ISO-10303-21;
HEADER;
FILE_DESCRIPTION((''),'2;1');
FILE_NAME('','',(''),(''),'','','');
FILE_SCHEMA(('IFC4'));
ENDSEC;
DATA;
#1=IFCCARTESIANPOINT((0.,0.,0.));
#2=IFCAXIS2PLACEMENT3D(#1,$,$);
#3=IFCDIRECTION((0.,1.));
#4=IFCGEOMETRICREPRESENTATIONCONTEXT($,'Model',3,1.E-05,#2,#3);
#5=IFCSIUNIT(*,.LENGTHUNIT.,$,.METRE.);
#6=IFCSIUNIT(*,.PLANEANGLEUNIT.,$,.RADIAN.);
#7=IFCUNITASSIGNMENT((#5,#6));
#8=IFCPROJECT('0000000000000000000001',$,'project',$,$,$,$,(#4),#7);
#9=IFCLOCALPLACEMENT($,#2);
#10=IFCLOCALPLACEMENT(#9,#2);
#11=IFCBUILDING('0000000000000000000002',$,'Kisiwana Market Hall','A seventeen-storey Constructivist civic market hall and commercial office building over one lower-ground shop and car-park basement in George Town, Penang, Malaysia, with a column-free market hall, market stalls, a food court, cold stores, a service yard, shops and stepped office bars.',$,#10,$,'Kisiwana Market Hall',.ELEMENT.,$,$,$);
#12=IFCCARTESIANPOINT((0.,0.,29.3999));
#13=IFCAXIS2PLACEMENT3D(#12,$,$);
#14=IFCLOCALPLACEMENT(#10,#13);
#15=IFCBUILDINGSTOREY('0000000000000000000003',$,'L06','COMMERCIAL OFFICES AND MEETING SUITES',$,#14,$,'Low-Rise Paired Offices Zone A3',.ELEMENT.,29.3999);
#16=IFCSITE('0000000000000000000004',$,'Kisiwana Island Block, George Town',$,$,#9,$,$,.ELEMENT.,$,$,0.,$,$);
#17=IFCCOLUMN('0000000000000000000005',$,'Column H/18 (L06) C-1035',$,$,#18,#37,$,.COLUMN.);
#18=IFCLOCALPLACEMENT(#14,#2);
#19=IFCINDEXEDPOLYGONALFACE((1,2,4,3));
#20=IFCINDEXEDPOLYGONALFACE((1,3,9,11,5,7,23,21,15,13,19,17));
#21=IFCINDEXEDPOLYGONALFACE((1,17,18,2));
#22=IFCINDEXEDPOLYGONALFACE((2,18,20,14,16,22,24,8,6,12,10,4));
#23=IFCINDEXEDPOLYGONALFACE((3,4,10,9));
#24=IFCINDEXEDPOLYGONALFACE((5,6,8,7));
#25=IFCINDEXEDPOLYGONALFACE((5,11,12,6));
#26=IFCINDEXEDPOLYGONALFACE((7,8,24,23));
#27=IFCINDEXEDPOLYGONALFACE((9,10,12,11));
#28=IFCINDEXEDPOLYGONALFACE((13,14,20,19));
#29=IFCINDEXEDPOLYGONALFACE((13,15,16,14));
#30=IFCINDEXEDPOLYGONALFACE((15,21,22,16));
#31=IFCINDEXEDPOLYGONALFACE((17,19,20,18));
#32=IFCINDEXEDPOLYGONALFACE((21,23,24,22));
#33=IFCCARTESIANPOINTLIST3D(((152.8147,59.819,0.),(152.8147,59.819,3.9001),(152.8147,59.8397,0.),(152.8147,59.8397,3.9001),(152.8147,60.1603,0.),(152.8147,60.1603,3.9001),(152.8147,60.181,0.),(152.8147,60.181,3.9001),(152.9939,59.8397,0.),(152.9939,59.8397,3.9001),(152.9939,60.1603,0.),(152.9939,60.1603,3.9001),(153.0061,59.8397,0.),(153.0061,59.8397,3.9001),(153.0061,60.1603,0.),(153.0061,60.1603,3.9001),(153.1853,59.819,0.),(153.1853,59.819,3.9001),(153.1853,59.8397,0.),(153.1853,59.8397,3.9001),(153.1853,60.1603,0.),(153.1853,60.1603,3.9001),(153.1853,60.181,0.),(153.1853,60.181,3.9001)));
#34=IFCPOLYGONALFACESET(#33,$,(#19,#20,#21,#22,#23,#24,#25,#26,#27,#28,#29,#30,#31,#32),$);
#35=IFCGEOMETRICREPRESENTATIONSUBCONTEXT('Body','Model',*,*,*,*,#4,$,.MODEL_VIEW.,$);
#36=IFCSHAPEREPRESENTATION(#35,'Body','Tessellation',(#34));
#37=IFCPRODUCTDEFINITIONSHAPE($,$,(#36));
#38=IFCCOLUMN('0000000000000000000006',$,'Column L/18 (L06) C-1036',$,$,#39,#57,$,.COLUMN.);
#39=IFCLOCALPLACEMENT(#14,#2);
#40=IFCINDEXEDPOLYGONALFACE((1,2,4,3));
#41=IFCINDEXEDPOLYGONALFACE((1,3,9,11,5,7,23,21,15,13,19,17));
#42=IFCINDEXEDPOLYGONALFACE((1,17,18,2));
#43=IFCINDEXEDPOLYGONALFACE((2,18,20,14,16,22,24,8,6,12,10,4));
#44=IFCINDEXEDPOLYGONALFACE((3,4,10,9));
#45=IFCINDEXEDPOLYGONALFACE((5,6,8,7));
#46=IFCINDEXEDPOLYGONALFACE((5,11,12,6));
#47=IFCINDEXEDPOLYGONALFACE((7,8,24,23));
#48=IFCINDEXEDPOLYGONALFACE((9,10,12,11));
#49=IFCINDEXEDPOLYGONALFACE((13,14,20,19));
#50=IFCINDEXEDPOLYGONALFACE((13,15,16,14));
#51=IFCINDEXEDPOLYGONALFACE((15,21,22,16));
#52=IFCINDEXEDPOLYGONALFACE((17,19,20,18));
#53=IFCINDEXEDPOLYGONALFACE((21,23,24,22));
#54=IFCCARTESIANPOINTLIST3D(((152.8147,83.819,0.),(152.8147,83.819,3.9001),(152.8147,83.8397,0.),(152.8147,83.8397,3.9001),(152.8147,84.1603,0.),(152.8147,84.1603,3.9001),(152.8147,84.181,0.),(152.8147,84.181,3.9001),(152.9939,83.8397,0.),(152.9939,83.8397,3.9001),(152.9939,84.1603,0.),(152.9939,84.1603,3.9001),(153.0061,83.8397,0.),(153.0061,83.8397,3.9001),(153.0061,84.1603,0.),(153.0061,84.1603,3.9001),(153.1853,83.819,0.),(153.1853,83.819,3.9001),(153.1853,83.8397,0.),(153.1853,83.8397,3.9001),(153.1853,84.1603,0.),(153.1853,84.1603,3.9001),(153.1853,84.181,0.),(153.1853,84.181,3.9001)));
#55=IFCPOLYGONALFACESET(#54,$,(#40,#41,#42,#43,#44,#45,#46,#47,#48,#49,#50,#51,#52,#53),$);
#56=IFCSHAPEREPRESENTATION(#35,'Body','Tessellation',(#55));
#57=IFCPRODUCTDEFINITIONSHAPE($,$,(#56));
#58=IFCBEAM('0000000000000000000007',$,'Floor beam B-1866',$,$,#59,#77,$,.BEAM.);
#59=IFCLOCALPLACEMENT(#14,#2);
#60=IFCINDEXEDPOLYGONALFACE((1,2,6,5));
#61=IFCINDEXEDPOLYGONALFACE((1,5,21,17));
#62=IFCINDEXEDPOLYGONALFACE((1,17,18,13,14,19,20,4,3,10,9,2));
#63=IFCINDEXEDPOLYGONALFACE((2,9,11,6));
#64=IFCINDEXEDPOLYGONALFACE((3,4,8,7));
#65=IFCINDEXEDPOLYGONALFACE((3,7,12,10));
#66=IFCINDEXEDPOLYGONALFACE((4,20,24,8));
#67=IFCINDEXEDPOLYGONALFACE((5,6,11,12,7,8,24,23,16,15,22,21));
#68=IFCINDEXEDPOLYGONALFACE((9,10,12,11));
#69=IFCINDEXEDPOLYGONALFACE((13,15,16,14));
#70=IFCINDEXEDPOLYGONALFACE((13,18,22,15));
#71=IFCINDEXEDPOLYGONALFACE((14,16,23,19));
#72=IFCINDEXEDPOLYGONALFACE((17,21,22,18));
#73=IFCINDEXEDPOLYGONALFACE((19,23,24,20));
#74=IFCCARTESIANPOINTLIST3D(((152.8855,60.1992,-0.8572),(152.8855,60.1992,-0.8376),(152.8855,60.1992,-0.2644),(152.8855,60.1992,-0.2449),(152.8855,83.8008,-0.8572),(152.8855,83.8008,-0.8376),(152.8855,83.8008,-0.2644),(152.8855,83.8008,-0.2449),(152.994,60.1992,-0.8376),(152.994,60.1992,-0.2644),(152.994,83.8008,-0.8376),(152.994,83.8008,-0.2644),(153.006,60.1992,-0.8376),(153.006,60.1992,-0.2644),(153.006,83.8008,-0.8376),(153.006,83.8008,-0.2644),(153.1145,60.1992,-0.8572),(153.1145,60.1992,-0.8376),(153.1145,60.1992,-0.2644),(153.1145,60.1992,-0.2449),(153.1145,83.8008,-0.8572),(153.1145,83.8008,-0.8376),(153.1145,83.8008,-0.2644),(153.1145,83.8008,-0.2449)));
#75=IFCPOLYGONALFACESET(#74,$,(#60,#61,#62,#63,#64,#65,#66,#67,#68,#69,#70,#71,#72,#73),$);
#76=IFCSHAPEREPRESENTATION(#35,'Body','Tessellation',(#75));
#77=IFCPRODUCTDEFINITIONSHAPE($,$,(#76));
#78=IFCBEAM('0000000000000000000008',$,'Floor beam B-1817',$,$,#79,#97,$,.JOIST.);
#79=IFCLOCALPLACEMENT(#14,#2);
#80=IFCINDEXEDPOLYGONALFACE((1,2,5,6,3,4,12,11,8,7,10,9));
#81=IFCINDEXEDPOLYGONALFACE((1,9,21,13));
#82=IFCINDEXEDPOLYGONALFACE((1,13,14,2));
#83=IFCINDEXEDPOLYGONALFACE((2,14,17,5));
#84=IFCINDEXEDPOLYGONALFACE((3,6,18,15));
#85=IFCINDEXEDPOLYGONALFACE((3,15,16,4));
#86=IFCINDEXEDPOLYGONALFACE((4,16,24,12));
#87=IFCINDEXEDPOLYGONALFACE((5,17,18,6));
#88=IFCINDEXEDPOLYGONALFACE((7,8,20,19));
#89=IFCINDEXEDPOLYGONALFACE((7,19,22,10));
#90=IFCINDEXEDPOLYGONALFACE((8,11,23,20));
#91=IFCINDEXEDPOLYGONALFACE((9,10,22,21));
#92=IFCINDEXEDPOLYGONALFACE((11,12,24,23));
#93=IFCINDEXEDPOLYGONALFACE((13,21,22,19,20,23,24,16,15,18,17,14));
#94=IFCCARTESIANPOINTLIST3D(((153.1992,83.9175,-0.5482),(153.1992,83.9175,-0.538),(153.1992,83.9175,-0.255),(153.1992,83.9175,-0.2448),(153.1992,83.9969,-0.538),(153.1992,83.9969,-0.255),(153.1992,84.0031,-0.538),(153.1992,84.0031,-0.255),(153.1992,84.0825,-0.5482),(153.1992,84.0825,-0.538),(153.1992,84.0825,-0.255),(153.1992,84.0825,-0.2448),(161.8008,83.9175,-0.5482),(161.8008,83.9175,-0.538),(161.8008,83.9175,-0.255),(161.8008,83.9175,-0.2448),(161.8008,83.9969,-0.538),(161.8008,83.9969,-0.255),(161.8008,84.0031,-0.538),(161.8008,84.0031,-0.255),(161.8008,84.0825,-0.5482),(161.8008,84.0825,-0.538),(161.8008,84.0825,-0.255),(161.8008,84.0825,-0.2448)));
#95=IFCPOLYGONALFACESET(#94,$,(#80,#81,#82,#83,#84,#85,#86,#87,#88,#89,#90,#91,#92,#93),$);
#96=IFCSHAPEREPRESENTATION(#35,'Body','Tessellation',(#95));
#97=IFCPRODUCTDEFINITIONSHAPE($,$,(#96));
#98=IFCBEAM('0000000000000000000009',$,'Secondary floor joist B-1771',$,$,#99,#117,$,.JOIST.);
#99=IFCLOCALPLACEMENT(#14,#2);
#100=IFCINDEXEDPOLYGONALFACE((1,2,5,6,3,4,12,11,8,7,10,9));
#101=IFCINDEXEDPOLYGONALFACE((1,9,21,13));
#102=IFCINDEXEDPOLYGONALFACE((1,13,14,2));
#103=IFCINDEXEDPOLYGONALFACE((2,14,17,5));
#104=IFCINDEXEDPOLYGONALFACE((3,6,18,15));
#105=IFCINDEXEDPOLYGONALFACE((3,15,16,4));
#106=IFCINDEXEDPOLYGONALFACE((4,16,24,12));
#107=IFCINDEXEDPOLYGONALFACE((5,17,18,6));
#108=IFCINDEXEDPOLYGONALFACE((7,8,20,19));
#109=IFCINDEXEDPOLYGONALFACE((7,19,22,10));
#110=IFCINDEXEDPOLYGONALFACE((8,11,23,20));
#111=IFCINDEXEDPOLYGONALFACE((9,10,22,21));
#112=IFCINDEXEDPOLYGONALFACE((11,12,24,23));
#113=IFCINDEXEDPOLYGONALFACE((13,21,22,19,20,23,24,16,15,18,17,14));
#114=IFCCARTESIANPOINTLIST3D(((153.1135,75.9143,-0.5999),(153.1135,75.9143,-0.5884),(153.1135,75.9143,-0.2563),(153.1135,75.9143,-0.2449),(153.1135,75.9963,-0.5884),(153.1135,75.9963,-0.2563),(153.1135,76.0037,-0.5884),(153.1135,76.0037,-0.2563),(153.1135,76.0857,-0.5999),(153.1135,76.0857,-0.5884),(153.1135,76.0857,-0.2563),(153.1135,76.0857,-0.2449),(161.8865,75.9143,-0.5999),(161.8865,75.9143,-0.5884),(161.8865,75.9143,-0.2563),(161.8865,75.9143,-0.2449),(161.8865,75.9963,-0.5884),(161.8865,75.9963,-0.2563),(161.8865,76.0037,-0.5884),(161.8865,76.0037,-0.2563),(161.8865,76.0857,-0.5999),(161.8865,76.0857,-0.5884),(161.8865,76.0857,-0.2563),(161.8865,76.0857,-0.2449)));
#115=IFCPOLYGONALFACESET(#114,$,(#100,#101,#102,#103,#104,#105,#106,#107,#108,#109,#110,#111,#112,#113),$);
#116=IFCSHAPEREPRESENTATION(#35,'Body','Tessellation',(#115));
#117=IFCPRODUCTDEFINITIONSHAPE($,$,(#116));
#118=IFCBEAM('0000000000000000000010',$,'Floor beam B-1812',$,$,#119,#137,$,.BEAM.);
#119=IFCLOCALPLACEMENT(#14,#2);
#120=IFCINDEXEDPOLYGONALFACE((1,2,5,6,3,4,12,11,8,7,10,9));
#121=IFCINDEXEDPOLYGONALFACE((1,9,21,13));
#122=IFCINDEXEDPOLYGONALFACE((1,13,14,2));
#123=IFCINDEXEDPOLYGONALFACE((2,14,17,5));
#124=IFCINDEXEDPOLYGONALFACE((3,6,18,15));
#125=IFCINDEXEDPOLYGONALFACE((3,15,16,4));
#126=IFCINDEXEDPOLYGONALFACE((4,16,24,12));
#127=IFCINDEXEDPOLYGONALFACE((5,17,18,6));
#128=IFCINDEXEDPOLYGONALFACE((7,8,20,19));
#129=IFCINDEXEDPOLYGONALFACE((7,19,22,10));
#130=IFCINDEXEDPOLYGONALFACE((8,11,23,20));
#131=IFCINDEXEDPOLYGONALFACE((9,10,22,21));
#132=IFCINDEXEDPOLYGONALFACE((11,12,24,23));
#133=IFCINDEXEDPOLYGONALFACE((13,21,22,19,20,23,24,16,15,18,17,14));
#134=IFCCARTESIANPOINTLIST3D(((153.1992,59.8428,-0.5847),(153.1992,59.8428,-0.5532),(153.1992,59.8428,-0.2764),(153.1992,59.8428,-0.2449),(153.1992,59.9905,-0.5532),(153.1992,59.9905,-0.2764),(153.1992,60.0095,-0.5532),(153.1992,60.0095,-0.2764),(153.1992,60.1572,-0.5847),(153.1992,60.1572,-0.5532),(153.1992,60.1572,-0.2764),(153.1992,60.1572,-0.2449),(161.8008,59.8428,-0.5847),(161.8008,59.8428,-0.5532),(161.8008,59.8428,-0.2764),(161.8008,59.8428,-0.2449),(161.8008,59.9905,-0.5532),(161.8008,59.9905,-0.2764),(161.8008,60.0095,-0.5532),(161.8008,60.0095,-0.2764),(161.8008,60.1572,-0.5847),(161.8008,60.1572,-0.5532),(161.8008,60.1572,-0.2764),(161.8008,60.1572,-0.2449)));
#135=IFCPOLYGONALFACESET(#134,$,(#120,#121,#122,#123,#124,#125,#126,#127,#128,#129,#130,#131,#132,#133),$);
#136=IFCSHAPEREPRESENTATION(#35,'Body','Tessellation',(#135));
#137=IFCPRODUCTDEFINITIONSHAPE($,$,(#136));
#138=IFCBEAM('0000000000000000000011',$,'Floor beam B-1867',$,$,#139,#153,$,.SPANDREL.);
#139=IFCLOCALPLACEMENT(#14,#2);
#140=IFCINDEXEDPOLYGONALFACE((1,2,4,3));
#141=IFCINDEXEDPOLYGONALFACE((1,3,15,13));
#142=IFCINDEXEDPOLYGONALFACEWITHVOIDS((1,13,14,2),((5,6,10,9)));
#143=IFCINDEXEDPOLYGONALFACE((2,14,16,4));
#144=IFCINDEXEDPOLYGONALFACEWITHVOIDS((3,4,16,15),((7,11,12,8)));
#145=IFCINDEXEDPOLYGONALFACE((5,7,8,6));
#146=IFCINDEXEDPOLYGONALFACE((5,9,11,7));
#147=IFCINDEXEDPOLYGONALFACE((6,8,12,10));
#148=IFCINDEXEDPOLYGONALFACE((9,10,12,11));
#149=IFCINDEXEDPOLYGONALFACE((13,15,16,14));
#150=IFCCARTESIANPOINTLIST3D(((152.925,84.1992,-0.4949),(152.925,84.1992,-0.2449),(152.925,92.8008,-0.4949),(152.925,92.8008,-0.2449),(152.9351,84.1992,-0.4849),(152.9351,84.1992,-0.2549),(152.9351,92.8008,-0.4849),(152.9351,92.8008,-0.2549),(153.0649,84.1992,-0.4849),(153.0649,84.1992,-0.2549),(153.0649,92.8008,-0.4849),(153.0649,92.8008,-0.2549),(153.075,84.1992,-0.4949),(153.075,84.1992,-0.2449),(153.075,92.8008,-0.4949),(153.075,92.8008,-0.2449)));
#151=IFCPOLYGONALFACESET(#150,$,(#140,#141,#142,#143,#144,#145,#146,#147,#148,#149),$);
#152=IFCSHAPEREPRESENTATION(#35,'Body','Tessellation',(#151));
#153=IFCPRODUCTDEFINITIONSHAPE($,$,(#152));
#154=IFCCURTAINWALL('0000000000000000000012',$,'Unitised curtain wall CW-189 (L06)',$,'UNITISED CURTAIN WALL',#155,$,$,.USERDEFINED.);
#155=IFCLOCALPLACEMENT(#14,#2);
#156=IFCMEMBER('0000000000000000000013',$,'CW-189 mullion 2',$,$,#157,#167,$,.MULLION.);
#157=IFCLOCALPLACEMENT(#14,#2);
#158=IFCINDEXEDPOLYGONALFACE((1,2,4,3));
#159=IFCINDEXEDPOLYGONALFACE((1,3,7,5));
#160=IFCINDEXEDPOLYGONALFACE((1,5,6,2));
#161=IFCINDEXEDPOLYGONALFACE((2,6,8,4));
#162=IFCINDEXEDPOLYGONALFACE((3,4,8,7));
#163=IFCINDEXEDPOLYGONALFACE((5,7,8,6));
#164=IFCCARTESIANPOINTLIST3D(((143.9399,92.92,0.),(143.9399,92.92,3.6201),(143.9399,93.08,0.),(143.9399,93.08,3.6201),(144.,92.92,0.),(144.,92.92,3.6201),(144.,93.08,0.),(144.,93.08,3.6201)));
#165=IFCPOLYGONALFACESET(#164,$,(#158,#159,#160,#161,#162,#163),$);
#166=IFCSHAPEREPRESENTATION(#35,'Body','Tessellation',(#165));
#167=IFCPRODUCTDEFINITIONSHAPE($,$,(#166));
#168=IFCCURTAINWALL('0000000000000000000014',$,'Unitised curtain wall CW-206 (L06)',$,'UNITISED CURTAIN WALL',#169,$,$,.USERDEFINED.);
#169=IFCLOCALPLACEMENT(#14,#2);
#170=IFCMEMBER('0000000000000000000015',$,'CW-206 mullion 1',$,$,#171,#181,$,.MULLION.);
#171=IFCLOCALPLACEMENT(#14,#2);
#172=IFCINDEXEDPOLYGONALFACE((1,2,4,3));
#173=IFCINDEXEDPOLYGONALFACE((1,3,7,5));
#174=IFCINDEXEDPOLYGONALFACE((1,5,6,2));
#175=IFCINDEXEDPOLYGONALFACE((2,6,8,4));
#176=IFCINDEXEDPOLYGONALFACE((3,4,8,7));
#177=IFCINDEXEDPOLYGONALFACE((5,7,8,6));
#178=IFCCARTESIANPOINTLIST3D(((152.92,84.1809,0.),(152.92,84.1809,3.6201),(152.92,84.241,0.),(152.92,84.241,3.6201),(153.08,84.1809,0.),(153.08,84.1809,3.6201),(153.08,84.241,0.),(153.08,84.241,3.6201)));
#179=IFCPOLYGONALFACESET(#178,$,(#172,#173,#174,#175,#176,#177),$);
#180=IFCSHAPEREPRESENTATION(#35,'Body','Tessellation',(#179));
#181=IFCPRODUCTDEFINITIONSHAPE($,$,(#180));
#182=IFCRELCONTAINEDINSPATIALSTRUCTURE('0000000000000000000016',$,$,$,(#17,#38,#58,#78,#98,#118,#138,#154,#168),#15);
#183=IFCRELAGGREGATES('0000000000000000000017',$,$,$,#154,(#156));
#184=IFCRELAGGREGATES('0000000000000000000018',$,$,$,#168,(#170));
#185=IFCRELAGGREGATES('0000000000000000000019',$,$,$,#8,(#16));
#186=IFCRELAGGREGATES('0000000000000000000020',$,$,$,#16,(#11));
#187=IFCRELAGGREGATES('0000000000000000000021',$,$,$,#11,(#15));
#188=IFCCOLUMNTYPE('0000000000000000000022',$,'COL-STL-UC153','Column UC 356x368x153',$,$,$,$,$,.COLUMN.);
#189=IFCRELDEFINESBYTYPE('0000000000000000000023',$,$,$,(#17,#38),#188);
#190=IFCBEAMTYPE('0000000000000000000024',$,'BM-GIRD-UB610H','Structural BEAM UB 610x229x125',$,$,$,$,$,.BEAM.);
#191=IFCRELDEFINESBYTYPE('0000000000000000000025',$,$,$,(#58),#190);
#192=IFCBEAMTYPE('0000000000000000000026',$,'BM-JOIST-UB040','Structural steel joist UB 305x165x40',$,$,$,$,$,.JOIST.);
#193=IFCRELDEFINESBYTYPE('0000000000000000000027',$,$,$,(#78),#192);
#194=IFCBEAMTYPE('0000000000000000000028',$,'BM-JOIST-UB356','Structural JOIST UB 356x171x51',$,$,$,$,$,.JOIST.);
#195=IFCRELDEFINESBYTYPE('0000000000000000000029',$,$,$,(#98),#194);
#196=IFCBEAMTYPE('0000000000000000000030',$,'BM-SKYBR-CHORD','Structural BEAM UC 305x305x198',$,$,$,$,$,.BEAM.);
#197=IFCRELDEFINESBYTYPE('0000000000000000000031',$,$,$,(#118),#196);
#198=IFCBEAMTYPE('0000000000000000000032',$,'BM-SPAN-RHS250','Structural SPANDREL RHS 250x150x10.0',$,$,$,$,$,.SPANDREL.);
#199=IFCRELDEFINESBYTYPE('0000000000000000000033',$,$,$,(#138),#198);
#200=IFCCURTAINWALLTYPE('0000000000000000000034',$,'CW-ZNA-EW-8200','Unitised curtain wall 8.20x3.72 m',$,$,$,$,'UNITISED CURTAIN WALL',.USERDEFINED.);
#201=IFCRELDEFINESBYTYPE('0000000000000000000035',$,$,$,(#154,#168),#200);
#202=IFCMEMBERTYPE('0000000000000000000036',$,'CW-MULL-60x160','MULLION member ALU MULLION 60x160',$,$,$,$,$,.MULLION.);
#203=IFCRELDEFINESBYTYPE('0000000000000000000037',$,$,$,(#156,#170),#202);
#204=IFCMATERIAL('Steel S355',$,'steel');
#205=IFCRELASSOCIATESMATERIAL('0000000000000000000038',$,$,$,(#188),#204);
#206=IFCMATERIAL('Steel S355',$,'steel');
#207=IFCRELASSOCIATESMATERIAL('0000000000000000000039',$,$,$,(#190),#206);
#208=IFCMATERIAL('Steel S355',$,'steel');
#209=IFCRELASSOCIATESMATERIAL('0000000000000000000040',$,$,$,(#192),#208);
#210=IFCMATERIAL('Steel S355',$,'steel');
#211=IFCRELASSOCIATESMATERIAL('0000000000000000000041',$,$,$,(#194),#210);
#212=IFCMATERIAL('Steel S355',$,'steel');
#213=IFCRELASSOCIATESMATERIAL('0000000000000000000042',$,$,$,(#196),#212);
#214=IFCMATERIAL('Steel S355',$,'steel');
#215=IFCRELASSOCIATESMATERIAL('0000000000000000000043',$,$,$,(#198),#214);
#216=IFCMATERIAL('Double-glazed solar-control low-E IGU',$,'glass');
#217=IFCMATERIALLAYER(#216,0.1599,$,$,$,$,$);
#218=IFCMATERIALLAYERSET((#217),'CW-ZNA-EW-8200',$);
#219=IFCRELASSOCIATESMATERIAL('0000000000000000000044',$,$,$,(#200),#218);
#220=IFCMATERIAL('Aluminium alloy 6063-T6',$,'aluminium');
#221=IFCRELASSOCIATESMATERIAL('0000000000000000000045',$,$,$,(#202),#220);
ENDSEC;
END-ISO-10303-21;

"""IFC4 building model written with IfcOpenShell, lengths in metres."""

from ifc_helpers import new_model, si_unit, direction, frame, origin, origin_2d, place, context, subcontext, project, spatial, rectangle, hollow_rectangle, i_section, extrude, material, layer, layer_set, material_profile, profile_set, type_object, element, aggregate, save


model = new_model("IFC4")

# Units and contexts
model_context = context("Model", 3, precision=1e-05, world=origin(), true_north=direction((0.0, 1.0)))
body_context = subcontext(model_context, "Body", "Model", "MODEL_VIEW")
ifc_project = project(units=[si_unit("LENGTHUNIT", "METRE"), si_unit("PLANEANGLEUNIT", "RADIAN")], contexts=[model_context])

# Site, building, storey
site_placement = place(None, origin())
site = spatial("IfcSite", under=ifc_project, at=site_placement, Name="Kisiwana Island Block, George Town", CompositionType="ELEMENT", RefElevation=0.0)
building_placement = place(site_placement, origin())
building = spatial("IfcBuilding", under=site, at=building_placement, Name="Kisiwana Market Hall", Description="A seventeen-storey Constructivist civic market hall and commercial office building over one lower-ground shop and car-park basement in George Town, Penang, Malaysia, with a column-free market hall, market stalls, a food court, cold stores, a service yard, shops and stepped office bars.", LongName="Kisiwana Market Hall", CompositionType="ELEMENT")
storey_placement = place(building_placement, frame((0.0, 0.0, 29.3999)))
storey = spatial("IfcBuildingStorey", under=building, at=storey_placement, Name="L06", Description="COMMERCIAL OFFICES AND MEETING SUITES", LongName="Low-Rise Paired Offices Zone A3", CompositionType="ELEMENT", Elevation=29.3999)

# Columns
ifc_material_1 = material(Name="Steel S355", Category="steel")
ifc_material_profile_1 = material_profile(ifc_material_1, i_section(OverallWidth=0.3706, OverallDepth=0.3621, WebThickness=0.0122, FlangeThickness=0.0208, at=origin_2d()), Name="UC 356x368x153")
ifc_profile_set_1 = profile_set([ifc_material_profile_1], Name="Steel S355")
column_type = type_object("IfcColumnType", Name="COL-STL-UC153", Description="Column UC 356x368x153", PredefinedType="COLUMN", material=ifc_profile_set_1)
for number, where, z_axis, x_axis, name in (
    (1, (153.0, 60.0, 0.0), (0.0, 0.0, 1.0), (1.0, 0.0, 0.0), "Column H/18 (L06) C-1035"),
    (2, (153.0, 84.0, 0.0), (0.0, 0.0, 1.0), (1.0, 0.0, 0.0), "Column L/18 (L06) C-1036"),
):
    element("IfcColumn", number, at=place(storey_placement, frame(where, z_axis=z_axis, x_axis=x_axis)), inside=storey, type_object=column_type, Name=name, PredefinedType="COLUMN", context=body_context, shape_type="SweptSolid", body=[
        extrude(i_section(OverallWidth=0.3706, OverallDepth=0.3621, WebThickness=0.0122, FlangeThickness=0.0208, at=origin_2d()), origin(), (0.0, 0.0, 1.0), 3.9001),
    ])

# Beams
ifc_material_2 = material(Name="Steel S355", Category="steel")
ifc_material_profile_2 = material_profile(ifc_material_2, i_section(OverallWidth=0.229, OverallDepth=0.6123, WebThickness=0.012, FlangeThickness=0.0195, at=origin_2d()), Name="UB 610x229x125")
ifc_profile_set_2 = profile_set([ifc_material_profile_2], Name="Steel S355")
beam_type_1 = type_object("IfcBeamType", Name="BM-GIRD-UB610H", Description="Structural BEAM UB 610x229x125", PredefinedType="BEAM", material=ifc_profile_set_2)
beam_1_placement = place(storey_placement, frame((153.0, 60.1992, -0.551), z_axis=(0.0, 1.0, 0.0), x_axis=(-1.0, 0.0, 0.0)))
element("IfcBeam", 3, at=beam_1_placement, inside=storey, type_object=beam_type_1, Name="Floor beam B-1866", PredefinedType="BEAM", context=body_context, shape_type="SweptSolid", body=[
    extrude(i_section(OverallWidth=0.229, OverallDepth=0.6123, WebThickness=0.012, FlangeThickness=0.0195, at=origin_2d()), origin(), (0.0, 0.0, 1.0), 23.6016),
])
ifc_material_3 = material(Name="Steel S355", Category="steel")
ifc_material_profile_3 = material_profile(ifc_material_3, i_section(OverallWidth=0.165, OverallDepth=0.3035, WebThickness=0.0061, FlangeThickness=0.0103, at=origin_2d()), Name="UB 305x165x40")
ifc_profile_set_3 = profile_set([ifc_material_profile_3], Name="Steel S355")
beam_type_2 = type_object("IfcBeamType", Name="BM-JOIST-UB040", Description="Structural steel joist UB 305x165x40", PredefinedType="JOIST", material=ifc_profile_set_3)
beam_2_placement = place(storey_placement, frame((153.1992, 84.0, -0.3965), z_axis=(1.0, 0.0, 0.0), x_axis=(0.0, 1.0, 0.0)))
element("IfcBeam", 4, at=beam_2_placement, inside=storey, type_object=beam_type_2, Name="Floor beam B-1817", PredefinedType="JOIST", context=body_context, shape_type="SweptSolid", body=[
    extrude(i_section(OverallWidth=0.165, OverallDepth=0.3035, WebThickness=0.0061, FlangeThickness=0.0103, at=origin_2d()), origin(), (0.0, 0.0, 1.0), 8.6016),
])
ifc_material_4 = material(Name="Steel S355", Category="steel")
ifc_material_profile_4 = material_profile(ifc_material_4, i_section(OverallWidth=0.1714, OverallDepth=0.355, WebThickness=0.0073, FlangeThickness=0.0115, at=origin_2d()), Name="UB 356x171x51")
ifc_profile_set_4 = profile_set([ifc_material_profile_4], Name="Steel S355")
beam_type_3 = type_object("IfcBeamType", Name="BM-JOIST-UB356", Description="Structural JOIST UB 356x171x51", PredefinedType="JOIST", material=ifc_profile_set_4)
beam_3_placement = place(storey_placement, frame((153.1135, 76.0, -0.4224), z_axis=(1.0, 0.0, 0.0), x_axis=(0.0, 1.0, 0.0)))
element("IfcBeam", 5, at=beam_3_placement, inside=storey, type_object=beam_type_3, Name="Secondary floor joist B-1771", PredefinedType="JOIST", context=body_context, shape_type="SweptSolid", body=[
    extrude(i_section(OverallWidth=0.1714, OverallDepth=0.355, WebThickness=0.0073, FlangeThickness=0.0115, at=origin_2d()), origin(), (0.0, 0.0, 1.0), 8.7729),
])
ifc_material_5 = material(Name="Steel S355", Category="steel")
ifc_material_profile_5 = material_profile(ifc_material_5, i_section(OverallWidth=0.3145, OverallDepth=0.3398, WebThickness=0.019, FlangeThickness=0.0315, at=origin_2d()), Name="UC 305x305x198")
ifc_profile_set_5 = profile_set([ifc_material_profile_5], Name="Steel S355")
beam_type_4 = type_object("IfcBeamType", Name="BM-SKYBR-CHORD", Description="Structural BEAM UC 305x305x198", PredefinedType="BEAM", material=ifc_profile_set_5)
beam_4_placement = place(storey_placement, frame((153.1992, 60.0, -0.4148), z_axis=(1.0, 0.0, 0.0), x_axis=(0.0, 1.0, 0.0)))
element("IfcBeam", 6, at=beam_4_placement, inside=storey, type_object=beam_type_4, Name="Floor beam B-1812", PredefinedType="BEAM", context=body_context, shape_type="SweptSolid", body=[
    extrude(i_section(OverallWidth=0.3145, OverallDepth=0.3398, WebThickness=0.019, FlangeThickness=0.0315, at=origin_2d()), origin(), (0.0, 0.0, 1.0), 8.6016),
])
ifc_material_6 = material(Name="Steel S355", Category="steel")
ifc_material_profile_6 = material_profile(ifc_material_6, hollow_rectangle(XDim=0.1499, YDim=0.25, WallThickness=0.01, at=origin_2d()), Name="RHS 250x150x10.0")
ifc_profile_set_6 = profile_set([ifc_material_profile_6], Name="Steel S355")
beam_type_5 = type_object("IfcBeamType", Name="BM-SPAN-RHS250", Description="Structural SPANDREL RHS 250x150x10.0", PredefinedType="SPANDREL", material=ifc_profile_set_6)
beam_5_placement = place(storey_placement, frame((153.0, 84.1992, -0.3699), z_axis=(0.0, 1.0, 0.0), x_axis=(-1.0, 0.0, 0.0)))
element("IfcBeam", 7, at=beam_5_placement, inside=storey, type_object=beam_type_5, Name="Floor beam B-1867", PredefinedType="SPANDREL", context=body_context, shape_type="SweptSolid", body=[
    extrude(hollow_rectangle(XDim=0.1499, YDim=0.25, WallThickness=0.01, at=origin_2d()), origin(), (0.0, 0.0, 1.0), 8.6016),
])

# Curtain wall, member
ifc_material_7 = material(Name="Double-glazed solar-control low-E IGU", Category="glass")
ifc_layer_1 = layer(ifc_material_7, 0.1599)
ifc_layer_set_1 = layer_set([ifc_layer_1], Name="CW-ZNA-EW-8200")
curtain_wall_type = type_object("IfcCurtainWallType", Name="CW-ZNA-EW-8200", Description="Unitised curtain wall 8.20x3.72 m", ElementType="UNITISED CURTAIN WALL", PredefinedType="USERDEFINED", material=ifc_layer_set_1)
curtain_wall_1_placement = place(storey_placement, origin())
curtain_wall_1 = element("IfcCurtainWall", 8, at=curtain_wall_1_placement, inside=storey, type_object=curtain_wall_type, Name="Unitised curtain wall CW-189 (L06)", ObjectType="UNITISED CURTAIN WALL", PredefinedType="USERDEFINED")
ifc_material_8 = material(Name="Aluminium alloy 6063-T6", Category="aluminium")
ifc_material_profile_7 = material_profile(ifc_material_8, rectangle(XDim=0.0601, YDim=0.1599, at=origin_2d()), Name="ALU MULLION 60x160")
ifc_profile_set_7 = profile_set([ifc_material_profile_7], Name="Aluminium alloy 6063-T6")
member_type_1 = type_object("IfcMemberType", Name="CW-MULL-60x160", Description="MULLION member ALU MULLION 60x160", PredefinedType="MULLION", material=ifc_profile_set_7)
member_1_placement = place(storey_placement, frame((143.97, 93.0, 0.0), z_axis=(0.0, 0.0, 1.0), x_axis=(1.0, 0.0, 0.0)))
member_1 = element("IfcMember", 9, at=member_1_placement, type_object=member_type_1, Name="CW-189 mullion 2", PredefinedType="MULLION", context=body_context, shape_type="SweptSolid", body=[
    extrude(rectangle(XDim=0.0601, YDim=0.1599, at=origin_2d()), origin(), (0.0, 0.0, 1.0), 3.6201),
])

# Curtain wall, member
curtain_wall_2_placement = place(storey_placement, origin())
curtain_wall_2 = element("IfcCurtainWall", 10, at=curtain_wall_2_placement, inside=storey, type_object=curtain_wall_type, Name="Unitised curtain wall CW-206 (L06)", ObjectType="UNITISED CURTAIN WALL", PredefinedType="USERDEFINED")
member_2_placement = place(storey_placement, frame((153.0, 84.2109, 0.0), z_axis=(0.0, 0.0, 1.0), x_axis=(0.0, 1.0, 0.0)))
member_2 = element("IfcMember", 11, at=member_2_placement, type_object=member_type_1, Name="CW-206 mullion 1", PredefinedType="MULLION", context=body_context, shape_type="SweptSolid", body=[
    extrude(rectangle(XDim=0.0601, YDim=0.1599, at=origin_2d()), origin(), (0.0, 0.0, 1.0), 3.6201),
])

aggregate(curtain_wall_1, [member_1])
aggregate(curtain_wall_2, [member_2])

save(model, "model.ifc")
